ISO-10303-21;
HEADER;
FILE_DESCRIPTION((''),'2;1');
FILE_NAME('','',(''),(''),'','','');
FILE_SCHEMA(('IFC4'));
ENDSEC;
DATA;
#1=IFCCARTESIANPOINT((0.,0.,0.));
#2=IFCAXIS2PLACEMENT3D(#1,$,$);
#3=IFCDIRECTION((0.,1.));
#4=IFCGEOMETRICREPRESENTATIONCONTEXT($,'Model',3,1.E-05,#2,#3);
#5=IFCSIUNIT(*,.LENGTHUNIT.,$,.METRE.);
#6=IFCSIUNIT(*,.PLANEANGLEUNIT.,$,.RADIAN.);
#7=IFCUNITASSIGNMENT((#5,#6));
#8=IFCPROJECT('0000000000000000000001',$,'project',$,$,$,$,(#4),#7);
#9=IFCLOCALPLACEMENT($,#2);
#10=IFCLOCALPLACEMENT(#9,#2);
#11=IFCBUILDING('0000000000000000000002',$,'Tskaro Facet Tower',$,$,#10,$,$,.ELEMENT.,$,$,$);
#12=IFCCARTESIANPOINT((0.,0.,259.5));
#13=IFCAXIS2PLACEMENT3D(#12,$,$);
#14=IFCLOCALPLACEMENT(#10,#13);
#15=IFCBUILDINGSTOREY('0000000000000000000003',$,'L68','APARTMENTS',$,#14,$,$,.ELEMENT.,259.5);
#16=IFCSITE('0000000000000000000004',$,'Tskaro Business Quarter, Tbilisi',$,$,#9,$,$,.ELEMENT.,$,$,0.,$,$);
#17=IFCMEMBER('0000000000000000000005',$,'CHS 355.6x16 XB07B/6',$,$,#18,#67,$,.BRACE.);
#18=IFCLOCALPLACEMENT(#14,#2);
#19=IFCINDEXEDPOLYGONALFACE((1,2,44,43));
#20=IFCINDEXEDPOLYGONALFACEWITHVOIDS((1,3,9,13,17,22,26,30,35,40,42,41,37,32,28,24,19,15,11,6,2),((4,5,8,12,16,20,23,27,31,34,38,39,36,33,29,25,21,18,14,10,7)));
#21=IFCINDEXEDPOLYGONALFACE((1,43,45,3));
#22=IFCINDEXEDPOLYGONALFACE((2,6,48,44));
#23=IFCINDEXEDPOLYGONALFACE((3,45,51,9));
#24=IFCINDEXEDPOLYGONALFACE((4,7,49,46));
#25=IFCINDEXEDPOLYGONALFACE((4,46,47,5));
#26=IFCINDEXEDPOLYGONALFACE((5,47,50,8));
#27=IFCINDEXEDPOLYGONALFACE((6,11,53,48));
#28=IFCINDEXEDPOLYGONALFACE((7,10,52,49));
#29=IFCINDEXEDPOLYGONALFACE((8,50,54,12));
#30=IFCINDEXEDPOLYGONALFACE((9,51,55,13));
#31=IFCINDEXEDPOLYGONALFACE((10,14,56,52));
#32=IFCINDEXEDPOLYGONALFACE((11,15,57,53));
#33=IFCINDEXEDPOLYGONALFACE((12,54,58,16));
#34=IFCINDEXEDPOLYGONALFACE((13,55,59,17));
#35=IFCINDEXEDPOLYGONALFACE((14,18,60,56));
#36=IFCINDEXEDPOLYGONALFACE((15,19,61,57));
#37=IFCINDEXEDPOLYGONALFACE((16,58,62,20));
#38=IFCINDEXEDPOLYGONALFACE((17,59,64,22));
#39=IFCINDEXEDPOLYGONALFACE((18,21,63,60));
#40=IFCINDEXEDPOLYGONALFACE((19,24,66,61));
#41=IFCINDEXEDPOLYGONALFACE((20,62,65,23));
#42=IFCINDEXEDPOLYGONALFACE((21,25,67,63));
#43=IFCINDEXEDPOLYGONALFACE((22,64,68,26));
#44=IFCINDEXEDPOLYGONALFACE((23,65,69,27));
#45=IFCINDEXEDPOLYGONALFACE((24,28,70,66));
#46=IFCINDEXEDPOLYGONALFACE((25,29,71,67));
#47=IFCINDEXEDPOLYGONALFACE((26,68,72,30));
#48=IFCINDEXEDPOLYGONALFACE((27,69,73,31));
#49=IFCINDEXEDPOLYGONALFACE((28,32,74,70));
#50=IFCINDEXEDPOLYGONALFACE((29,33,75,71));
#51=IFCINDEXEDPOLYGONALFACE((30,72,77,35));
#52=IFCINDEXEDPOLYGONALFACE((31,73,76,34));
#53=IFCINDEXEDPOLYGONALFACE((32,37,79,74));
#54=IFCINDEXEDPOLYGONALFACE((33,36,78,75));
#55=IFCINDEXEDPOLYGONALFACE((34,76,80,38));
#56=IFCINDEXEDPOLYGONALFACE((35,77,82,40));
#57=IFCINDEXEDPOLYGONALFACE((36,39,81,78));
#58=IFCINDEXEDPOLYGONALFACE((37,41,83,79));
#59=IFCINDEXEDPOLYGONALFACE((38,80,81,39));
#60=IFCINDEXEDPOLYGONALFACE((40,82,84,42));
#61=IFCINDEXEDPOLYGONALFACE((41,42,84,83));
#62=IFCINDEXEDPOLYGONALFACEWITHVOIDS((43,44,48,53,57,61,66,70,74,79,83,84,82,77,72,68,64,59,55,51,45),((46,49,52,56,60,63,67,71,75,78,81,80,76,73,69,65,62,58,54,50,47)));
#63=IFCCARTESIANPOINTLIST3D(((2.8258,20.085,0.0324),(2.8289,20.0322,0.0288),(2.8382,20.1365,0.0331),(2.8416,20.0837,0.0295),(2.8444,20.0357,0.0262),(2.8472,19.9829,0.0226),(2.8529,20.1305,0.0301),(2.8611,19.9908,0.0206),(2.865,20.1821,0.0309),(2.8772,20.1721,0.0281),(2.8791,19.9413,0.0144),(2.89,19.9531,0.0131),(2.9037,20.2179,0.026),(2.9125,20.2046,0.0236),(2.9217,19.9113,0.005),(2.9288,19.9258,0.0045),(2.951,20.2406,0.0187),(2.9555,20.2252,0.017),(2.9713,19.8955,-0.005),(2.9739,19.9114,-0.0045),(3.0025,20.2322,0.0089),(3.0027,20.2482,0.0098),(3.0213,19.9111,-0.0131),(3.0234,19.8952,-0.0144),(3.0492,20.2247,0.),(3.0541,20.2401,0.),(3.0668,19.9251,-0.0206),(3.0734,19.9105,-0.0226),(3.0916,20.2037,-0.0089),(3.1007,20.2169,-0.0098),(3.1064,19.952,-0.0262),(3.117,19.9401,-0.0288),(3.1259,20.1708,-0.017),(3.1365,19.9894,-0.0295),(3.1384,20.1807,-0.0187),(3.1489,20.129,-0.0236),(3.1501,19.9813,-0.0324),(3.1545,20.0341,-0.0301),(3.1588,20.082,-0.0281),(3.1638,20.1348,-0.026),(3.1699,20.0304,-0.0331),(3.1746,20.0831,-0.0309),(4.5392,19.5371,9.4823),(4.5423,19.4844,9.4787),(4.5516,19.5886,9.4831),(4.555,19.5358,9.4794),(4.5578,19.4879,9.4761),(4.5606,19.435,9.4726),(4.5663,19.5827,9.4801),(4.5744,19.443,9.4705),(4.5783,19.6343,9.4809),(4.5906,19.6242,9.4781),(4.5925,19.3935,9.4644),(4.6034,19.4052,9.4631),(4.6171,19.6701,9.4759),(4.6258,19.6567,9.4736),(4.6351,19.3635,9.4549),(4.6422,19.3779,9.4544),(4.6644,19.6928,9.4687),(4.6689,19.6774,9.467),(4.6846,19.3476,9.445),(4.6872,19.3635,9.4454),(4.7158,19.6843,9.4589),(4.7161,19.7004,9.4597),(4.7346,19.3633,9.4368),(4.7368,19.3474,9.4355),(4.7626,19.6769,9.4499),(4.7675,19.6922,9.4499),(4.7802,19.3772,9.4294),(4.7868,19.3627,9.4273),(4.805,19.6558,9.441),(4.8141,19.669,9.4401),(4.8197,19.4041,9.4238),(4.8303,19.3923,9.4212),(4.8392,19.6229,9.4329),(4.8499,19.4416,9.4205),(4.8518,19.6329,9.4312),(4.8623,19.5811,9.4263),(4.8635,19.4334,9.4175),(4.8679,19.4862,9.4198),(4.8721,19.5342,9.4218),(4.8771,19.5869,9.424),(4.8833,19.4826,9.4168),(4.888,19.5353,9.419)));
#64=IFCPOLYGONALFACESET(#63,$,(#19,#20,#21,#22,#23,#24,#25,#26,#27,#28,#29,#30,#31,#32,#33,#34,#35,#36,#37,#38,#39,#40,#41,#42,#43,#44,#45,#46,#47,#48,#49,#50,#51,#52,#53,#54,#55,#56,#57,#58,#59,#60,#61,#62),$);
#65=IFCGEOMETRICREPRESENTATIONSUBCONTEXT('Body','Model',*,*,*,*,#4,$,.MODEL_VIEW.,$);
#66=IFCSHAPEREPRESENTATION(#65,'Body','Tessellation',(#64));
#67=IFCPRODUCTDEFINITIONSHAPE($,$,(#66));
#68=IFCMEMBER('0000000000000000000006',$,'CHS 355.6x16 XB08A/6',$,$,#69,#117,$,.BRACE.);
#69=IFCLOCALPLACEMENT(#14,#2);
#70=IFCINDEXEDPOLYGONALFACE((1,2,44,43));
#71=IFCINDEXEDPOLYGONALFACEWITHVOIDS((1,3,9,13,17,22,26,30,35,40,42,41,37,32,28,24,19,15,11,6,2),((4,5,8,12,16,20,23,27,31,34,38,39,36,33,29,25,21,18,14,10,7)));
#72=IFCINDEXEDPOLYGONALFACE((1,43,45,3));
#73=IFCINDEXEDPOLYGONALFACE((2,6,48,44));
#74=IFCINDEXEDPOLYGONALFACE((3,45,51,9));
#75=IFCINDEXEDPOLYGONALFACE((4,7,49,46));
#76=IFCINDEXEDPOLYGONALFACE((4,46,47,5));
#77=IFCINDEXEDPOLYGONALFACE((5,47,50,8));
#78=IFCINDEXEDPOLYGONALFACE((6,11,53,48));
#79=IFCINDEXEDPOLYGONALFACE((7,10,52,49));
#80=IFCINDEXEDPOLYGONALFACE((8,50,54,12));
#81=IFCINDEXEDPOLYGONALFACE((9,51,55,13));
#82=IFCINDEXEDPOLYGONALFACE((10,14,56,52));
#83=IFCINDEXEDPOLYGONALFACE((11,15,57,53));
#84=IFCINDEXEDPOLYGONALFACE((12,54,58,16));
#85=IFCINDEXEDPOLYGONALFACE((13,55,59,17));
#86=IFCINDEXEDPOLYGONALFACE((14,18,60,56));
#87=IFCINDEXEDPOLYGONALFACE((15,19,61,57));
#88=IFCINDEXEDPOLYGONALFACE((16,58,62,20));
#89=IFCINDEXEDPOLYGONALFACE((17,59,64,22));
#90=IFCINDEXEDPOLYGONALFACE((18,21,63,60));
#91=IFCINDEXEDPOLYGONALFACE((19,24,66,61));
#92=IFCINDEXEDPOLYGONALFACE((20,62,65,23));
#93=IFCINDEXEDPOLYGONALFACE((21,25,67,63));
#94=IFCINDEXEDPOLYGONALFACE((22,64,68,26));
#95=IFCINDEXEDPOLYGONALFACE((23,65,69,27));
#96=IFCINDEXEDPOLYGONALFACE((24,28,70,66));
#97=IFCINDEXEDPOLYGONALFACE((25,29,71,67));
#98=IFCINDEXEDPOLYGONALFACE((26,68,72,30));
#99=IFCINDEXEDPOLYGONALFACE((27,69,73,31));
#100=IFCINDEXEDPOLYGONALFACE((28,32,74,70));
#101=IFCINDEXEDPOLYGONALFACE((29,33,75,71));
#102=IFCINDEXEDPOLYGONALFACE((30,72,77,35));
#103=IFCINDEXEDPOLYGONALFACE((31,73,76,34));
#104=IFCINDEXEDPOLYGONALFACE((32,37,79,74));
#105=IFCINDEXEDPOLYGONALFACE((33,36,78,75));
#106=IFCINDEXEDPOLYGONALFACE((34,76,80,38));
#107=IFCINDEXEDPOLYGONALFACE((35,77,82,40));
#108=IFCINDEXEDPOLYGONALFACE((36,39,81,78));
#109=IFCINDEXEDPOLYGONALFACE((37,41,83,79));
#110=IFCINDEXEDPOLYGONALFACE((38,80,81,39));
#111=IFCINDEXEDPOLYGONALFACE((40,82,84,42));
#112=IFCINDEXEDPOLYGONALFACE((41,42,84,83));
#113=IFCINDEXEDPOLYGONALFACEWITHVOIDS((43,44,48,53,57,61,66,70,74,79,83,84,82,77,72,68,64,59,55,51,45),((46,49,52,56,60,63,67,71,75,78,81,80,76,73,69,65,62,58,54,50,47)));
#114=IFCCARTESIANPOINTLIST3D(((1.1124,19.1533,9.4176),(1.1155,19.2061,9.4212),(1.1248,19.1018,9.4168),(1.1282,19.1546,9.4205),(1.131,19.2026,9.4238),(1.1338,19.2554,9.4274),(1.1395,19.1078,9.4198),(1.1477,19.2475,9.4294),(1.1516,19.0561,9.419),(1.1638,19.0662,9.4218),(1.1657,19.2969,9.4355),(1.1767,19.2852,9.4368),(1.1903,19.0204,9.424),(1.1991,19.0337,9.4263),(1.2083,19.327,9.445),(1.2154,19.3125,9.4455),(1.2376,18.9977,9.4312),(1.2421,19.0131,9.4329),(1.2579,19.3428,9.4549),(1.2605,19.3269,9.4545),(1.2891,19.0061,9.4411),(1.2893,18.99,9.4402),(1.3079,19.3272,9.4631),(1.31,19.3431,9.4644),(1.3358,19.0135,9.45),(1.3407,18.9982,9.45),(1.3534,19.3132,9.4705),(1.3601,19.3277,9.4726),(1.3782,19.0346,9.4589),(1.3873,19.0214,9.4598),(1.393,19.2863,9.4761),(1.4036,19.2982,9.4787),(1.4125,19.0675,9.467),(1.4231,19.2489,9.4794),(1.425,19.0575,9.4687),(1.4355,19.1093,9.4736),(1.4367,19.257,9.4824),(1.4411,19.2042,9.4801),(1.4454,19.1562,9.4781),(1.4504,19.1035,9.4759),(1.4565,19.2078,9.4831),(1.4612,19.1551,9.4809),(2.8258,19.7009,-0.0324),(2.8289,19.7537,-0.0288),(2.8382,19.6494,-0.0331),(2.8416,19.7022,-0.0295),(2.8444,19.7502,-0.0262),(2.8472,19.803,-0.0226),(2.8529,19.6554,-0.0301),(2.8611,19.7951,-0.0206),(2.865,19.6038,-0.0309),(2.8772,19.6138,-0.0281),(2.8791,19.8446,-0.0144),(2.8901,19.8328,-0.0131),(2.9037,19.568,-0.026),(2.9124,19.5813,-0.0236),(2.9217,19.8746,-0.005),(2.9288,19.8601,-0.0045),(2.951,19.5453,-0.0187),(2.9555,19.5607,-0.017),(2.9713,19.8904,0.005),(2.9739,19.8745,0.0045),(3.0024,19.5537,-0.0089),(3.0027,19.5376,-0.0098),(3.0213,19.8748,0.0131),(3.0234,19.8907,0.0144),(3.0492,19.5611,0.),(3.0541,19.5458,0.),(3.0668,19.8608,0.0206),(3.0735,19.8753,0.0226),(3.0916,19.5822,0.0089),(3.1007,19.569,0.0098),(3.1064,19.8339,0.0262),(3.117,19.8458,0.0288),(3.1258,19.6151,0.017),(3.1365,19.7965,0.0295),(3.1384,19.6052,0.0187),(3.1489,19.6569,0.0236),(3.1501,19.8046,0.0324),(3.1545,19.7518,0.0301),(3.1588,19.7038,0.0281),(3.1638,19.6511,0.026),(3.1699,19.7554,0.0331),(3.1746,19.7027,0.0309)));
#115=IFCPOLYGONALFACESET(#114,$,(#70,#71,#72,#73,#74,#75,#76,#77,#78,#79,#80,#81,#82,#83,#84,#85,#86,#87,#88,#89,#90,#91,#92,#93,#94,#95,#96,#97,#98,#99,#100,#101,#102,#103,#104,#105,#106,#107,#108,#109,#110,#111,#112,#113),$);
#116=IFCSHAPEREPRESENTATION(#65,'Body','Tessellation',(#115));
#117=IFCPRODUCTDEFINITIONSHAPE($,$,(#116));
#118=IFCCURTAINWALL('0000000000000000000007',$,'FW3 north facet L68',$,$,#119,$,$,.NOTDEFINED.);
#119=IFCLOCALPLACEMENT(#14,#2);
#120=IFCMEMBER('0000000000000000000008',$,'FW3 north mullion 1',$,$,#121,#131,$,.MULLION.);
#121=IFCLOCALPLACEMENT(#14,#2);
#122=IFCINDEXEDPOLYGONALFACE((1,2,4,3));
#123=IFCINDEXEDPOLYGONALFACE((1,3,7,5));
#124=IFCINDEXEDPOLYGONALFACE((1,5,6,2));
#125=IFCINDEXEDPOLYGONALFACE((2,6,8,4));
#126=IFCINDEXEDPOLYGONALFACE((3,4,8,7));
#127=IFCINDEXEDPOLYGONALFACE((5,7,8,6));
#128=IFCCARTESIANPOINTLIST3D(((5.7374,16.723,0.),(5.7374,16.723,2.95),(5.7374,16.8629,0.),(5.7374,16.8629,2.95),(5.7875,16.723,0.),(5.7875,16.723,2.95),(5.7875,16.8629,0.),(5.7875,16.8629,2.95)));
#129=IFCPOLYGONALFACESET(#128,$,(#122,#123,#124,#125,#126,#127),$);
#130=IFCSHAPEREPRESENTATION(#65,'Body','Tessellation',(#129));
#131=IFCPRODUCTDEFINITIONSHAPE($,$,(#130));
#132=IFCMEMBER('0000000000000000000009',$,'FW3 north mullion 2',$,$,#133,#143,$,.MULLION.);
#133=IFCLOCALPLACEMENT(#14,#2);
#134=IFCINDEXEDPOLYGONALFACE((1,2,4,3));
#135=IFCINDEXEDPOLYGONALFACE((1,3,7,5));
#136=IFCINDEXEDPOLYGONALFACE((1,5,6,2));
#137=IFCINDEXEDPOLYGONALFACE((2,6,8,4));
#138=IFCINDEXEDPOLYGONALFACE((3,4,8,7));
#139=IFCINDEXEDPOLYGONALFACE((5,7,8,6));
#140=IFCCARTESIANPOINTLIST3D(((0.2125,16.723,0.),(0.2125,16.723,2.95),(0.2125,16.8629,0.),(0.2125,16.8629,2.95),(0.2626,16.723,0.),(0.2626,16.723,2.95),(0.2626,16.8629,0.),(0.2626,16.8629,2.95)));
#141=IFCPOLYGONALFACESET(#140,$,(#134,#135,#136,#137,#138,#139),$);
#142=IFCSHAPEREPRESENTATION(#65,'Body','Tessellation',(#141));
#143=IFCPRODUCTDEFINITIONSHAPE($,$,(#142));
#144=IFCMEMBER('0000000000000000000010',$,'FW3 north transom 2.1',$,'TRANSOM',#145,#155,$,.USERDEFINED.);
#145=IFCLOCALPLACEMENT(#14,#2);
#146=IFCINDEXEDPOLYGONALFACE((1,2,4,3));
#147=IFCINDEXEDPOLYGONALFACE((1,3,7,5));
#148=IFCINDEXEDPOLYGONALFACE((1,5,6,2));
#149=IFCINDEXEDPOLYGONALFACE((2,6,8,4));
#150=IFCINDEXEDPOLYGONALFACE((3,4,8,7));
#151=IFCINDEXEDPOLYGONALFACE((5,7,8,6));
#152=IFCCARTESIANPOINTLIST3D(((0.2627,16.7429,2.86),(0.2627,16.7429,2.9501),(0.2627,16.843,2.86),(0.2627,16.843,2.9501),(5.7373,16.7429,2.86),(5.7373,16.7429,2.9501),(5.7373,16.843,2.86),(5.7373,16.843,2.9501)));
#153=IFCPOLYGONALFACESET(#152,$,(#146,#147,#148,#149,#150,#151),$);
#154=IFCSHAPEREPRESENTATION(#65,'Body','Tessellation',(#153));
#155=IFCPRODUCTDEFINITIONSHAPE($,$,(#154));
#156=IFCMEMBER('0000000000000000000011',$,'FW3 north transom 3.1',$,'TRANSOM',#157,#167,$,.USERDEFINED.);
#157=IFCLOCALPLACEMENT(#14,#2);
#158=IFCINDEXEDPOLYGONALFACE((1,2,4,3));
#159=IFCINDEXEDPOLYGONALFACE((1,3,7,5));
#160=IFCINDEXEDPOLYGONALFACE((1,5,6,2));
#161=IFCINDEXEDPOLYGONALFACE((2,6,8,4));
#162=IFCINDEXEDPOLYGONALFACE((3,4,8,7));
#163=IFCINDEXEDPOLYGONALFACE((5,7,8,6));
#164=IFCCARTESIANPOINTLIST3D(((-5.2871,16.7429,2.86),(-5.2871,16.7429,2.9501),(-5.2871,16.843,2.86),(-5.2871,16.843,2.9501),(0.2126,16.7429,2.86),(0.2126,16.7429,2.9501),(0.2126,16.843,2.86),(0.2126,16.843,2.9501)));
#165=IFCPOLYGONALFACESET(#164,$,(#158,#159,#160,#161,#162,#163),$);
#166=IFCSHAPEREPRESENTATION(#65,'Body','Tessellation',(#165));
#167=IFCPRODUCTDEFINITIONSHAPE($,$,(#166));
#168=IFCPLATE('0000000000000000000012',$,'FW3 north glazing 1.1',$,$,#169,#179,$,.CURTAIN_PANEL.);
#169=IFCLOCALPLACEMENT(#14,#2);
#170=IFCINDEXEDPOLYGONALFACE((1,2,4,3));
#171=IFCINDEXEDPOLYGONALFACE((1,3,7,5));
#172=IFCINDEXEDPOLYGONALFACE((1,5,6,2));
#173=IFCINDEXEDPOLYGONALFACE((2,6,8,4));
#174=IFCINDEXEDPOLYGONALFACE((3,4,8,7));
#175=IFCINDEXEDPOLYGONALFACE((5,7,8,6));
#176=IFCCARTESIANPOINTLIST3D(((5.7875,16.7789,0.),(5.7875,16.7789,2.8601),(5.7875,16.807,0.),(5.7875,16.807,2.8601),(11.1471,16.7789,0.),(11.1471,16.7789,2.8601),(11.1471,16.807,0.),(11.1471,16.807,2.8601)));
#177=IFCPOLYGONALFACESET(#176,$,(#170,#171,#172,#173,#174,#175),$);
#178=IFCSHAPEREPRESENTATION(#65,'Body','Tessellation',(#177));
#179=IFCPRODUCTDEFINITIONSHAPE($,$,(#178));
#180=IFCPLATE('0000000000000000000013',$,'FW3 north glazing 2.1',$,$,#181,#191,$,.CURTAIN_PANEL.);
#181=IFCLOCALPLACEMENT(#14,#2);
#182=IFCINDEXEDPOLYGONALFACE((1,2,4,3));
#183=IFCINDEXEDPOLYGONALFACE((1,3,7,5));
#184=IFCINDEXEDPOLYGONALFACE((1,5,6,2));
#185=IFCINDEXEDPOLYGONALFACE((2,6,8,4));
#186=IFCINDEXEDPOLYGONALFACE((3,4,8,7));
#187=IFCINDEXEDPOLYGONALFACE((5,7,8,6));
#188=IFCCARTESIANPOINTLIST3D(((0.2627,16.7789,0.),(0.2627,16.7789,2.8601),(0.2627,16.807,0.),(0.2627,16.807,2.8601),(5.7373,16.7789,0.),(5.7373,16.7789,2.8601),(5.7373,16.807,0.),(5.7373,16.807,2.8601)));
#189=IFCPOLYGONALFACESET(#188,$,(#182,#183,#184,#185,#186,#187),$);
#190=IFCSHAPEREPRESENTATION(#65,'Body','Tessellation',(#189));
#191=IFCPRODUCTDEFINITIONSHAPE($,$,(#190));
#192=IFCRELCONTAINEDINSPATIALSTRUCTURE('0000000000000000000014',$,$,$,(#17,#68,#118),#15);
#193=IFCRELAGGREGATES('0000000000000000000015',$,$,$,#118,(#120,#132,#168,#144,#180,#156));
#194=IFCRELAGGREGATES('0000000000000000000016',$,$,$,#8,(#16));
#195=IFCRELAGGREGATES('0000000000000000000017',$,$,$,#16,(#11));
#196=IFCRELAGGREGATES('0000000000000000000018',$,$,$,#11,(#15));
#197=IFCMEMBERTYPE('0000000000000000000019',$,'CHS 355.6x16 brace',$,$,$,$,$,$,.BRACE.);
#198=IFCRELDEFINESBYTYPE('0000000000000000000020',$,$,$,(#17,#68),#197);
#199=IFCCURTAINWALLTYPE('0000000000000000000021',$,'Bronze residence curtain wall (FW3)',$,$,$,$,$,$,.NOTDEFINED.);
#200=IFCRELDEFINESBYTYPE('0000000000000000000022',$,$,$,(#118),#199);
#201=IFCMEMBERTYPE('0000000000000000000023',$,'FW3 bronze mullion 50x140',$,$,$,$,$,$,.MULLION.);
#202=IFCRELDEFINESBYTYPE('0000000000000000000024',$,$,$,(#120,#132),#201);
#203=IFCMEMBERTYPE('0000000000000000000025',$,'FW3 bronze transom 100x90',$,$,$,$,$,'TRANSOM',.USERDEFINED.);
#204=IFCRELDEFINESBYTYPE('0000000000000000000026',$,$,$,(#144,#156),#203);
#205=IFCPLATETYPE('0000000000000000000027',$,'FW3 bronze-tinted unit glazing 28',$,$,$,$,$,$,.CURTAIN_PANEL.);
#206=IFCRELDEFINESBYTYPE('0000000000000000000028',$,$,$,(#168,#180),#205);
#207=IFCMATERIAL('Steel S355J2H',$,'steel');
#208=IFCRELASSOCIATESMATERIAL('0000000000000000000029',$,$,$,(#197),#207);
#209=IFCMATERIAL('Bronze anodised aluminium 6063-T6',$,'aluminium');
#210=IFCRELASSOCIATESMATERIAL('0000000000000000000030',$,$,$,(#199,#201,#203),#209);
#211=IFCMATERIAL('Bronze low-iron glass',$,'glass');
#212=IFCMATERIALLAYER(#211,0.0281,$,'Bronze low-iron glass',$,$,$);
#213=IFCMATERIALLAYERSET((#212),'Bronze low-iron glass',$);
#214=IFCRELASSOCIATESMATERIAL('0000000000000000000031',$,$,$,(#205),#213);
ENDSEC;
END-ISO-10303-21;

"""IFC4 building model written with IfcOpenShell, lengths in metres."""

from ifc_helpers import new_model, si_unit, direction, frame, origin, origin_2d, place, context, subcontext, project, spatial, rectangle, hollow_circle, extrude, material, layer, layer_set, material_profile, profile_set, type_object, element, aggregate, save


model = new_model("IFC4")

# Units and contexts
model_context = context("Model", 3, precision=1e-05, world=origin(), true_north=direction((0.0, 1.0)))
body_context = subcontext(model_context, "Body", "Model", "MODEL_VIEW")
ifc_project = project(units=[si_unit("LENGTHUNIT", "METRE"), si_unit("PLANEANGLEUNIT", "RADIAN")], contexts=[model_context])

# Site, building, storey
site_placement = place(None, origin())
site = spatial("IfcSite", under=ifc_project, at=site_placement, Name="Tskaro Business Quarter, Tbilisi", CompositionType="ELEMENT", RefElevation=0.0)
building_placement = place(site_placement, origin())
building = spatial("IfcBuilding", under=site, at=building_placement, Name="Tskaro Facet Tower", CompositionType="ELEMENT")
storey_placement = place(building_placement, frame((0.0, 0.0, 259.5)))
storey = spatial("IfcBuildingStorey", under=building, at=storey_placement, Name="L68", Description="APARTMENTS", CompositionType="ELEMENT", Elevation=259.5)

# Shared definitions
ifc_material_1 = material(Name="Steel S355J2H", Category="steel")

# Members
ifc_material_profile_1 = material_profile(ifc_material_1, hollow_circle(Radius=0.1777, WallThickness=0.0161, at=origin_2d()), Name="CHS 355.6x16")
ifc_profile_set_1 = profile_set([ifc_material_profile_1], Name="Steel S355J2H")
member_type_1 = type_object("IfcMemberType", Name="CHS 355.6x16 brace", PredefinedType="BRACE", material=ifc_profile_set_1)
for number, where, z_axis, x_axis, name in (
    (1, (3.0, 20.0708, 0.0), (0.178113, -0.056951, 0.982361), (0.304559, 0.952493, 0.0), "CHS 355.6x16 XB07B/6"),
    (2, (3.0, 19.7151, 0.0), (-0.178113, -0.056926, 0.982362), (0.304436, -0.952533, 0.0), "CHS 355.6x16 XB08A/6"),
):
    element("IfcMember", number, at=place(storey_placement, frame(where, z_axis=z_axis, x_axis=x_axis)), inside=storey, type_object=member_type_1, Name=name, PredefinedType="BRACE", context=body_context, shape_type="SweptSolid", body=[
        extrude(hollow_circle(Radius=0.1777, WallThickness=0.0161, at=origin_2d()), origin(), (0.0, 0.0, 1.0), 9.6196),
    ])

# Curtain wall, members, plates
ifc_material_2 = material(Name="Bronze anodised aluminium 6063-T6", Category="aluminium")
curtain_wall_type = type_object("IfcCurtainWallType", Name="Bronze residence curtain wall (FW3)", PredefinedType="NOTDEFINED", material=ifc_material_2)
curtain_wall_placement = place(storey_placement, origin())
curtain_wall = element("IfcCurtainWall", 3, at=curtain_wall_placement, inside=storey, type_object=curtain_wall_type, Name="FW3 north facet L68", PredefinedType="NOTDEFINED")
ifc_material_profile_2 = material_profile(ifc_material_2, rectangle(XDim=0.05, YDim=0.1399, at=origin_2d()), Name="Mullion 50x140")
ifc_profile_set_2 = profile_set([ifc_material_profile_2], Name="Bronze anodised aluminium 6063-T6")
member_type_2 = type_object("IfcMemberType", Name="FW3 bronze mullion 50x140", PredefinedType="MULLION", material=ifc_profile_set_2)
member_1_placement = place(storey_placement, frame((5.7625, 16.793, 0.0), z_axis=(0.0, 0.0, 1.0), x_axis=(-1.0, 0.0, 0.0)))
member_1 = element("IfcMember", 4, at=member_1_placement, type_object=member_type_2, Name="FW3 north mullion 1", PredefinedType="MULLION", context=body_context, shape_type="SweptSolid", body=[
    extrude(rectangle(XDim=0.05, YDim=0.1399, at=origin_2d()), origin(), (0.0, 0.0, 1.0), 2.95),
])
member_2_placement = place(storey_placement, frame((0.2375, 16.793, 0.0), z_axis=(0.0, 0.0, 1.0), x_axis=(-1.0, 0.0, 0.0)))
member_2 = element("IfcMember", 5, at=member_2_placement, type_object=member_type_2, Name="FW3 north mullion 2", PredefinedType="MULLION", context=body_context, shape_type="SweptSolid", body=[
    extrude(rectangle(XDim=0.05, YDim=0.1399, at=origin_2d()), origin(), (0.0, 0.0, 1.0), 2.95),
])
ifc_material_profile_3 = material_profile(ifc_material_2, rectangle(XDim=0.1001, YDim=0.0901, at=origin_2d()), Name="Transom 100x90")
ifc_profile_set_3 = profile_set([ifc_material_profile_3], Name="Bronze anodised aluminium 6063-T6")
member_type_3 = type_object("IfcMemberType", Name="FW3 bronze transom 100x90", ElementType="TRANSOM", PredefinedType="USERDEFINED", material=ifc_profile_set_3)
member_3_placement = place(storey_placement, frame((5.7373, 16.793, 2.905), z_axis=(-1.0, 0.0, 0.0), x_axis=(0.0, -1.0, 0.0)))
member_3 = element("IfcMember", 6, at=member_3_placement, type_object=member_type_3, Name="FW3 north transom 2.1", ObjectType="TRANSOM", PredefinedType="USERDEFINED", context=body_context, shape_type="SweptSolid", body=[
    extrude(rectangle(XDim=0.1001, YDim=0.0901, at=origin_2d()), origin(), (0.0, 0.0, 1.0), 5.4746),
])
member_4_placement = place(storey_placement, frame((0.2126, 16.793, 2.905), z_axis=(-1.0, 0.0, 0.0), x_axis=(0.0, -1.0, 0.0)))
member_4 = element("IfcMember", 7, at=member_4_placement, type_object=member_type_3, Name="FW3 north transom 3.1", ObjectType="TRANSOM", PredefinedType="USERDEFINED", context=body_context, shape_type="SweptSolid", body=[
    extrude(rectangle(XDim=0.1001, YDim=0.0901, at=origin_2d()), origin(), (0.0, 0.0, 1.0), 5.4998),
])
ifc_material_3 = material(Name="Bronze low-iron glass", Category="glass")
ifc_layer_1 = layer(ifc_material_3, 0.0281, Name="Bronze low-iron glass")
ifc_layer_set_1 = layer_set([ifc_layer_1], Name="Bronze low-iron glass")
plate_type = type_object("IfcPlateType", Name="FW3 bronze-tinted unit glazing 28", PredefinedType="CURTAIN_PANEL", material=ifc_layer_set_1)
plate_1_placement = place(storey_placement, frame((8.4673, 16.793, 0.0), z_axis=(0.0, 0.0, 1.0), x_axis=(-1.0, 0.0, 0.0)))
plate_1 = element("IfcPlate", 8, at=plate_1_placement, type_object=plate_type, Name="FW3 north glazing 1.1", PredefinedType="CURTAIN_PANEL", context=body_context, shape_type="SweptSolid", body=[
    extrude(rectangle(XDim=5.3596, YDim=0.0281, at=origin_2d()), origin(), (0.0, 0.0, 1.0), 2.8601),
])
plate_2_placement = place(storey_placement, frame((3.0, 16.793, 0.0), z_axis=(0.0, 0.0, 1.0), x_axis=(-1.0, 0.0, 0.0)))
plate_2 = element("IfcPlate", 9, at=plate_2_placement, type_object=plate_type, Name="FW3 north glazing 2.1", PredefinedType="CURTAIN_PANEL", context=body_context, shape_type="SweptSolid", body=[
    extrude(rectangle(XDim=5.4746, YDim=0.0281, at=origin_2d()), origin(), (0.0, 0.0, 1.0), 2.8601),
])
aggregate(curtain_wall, [member_1, member_2, plate_1, member_3, plate_2, member_4])

save(model, "model.ifc")
